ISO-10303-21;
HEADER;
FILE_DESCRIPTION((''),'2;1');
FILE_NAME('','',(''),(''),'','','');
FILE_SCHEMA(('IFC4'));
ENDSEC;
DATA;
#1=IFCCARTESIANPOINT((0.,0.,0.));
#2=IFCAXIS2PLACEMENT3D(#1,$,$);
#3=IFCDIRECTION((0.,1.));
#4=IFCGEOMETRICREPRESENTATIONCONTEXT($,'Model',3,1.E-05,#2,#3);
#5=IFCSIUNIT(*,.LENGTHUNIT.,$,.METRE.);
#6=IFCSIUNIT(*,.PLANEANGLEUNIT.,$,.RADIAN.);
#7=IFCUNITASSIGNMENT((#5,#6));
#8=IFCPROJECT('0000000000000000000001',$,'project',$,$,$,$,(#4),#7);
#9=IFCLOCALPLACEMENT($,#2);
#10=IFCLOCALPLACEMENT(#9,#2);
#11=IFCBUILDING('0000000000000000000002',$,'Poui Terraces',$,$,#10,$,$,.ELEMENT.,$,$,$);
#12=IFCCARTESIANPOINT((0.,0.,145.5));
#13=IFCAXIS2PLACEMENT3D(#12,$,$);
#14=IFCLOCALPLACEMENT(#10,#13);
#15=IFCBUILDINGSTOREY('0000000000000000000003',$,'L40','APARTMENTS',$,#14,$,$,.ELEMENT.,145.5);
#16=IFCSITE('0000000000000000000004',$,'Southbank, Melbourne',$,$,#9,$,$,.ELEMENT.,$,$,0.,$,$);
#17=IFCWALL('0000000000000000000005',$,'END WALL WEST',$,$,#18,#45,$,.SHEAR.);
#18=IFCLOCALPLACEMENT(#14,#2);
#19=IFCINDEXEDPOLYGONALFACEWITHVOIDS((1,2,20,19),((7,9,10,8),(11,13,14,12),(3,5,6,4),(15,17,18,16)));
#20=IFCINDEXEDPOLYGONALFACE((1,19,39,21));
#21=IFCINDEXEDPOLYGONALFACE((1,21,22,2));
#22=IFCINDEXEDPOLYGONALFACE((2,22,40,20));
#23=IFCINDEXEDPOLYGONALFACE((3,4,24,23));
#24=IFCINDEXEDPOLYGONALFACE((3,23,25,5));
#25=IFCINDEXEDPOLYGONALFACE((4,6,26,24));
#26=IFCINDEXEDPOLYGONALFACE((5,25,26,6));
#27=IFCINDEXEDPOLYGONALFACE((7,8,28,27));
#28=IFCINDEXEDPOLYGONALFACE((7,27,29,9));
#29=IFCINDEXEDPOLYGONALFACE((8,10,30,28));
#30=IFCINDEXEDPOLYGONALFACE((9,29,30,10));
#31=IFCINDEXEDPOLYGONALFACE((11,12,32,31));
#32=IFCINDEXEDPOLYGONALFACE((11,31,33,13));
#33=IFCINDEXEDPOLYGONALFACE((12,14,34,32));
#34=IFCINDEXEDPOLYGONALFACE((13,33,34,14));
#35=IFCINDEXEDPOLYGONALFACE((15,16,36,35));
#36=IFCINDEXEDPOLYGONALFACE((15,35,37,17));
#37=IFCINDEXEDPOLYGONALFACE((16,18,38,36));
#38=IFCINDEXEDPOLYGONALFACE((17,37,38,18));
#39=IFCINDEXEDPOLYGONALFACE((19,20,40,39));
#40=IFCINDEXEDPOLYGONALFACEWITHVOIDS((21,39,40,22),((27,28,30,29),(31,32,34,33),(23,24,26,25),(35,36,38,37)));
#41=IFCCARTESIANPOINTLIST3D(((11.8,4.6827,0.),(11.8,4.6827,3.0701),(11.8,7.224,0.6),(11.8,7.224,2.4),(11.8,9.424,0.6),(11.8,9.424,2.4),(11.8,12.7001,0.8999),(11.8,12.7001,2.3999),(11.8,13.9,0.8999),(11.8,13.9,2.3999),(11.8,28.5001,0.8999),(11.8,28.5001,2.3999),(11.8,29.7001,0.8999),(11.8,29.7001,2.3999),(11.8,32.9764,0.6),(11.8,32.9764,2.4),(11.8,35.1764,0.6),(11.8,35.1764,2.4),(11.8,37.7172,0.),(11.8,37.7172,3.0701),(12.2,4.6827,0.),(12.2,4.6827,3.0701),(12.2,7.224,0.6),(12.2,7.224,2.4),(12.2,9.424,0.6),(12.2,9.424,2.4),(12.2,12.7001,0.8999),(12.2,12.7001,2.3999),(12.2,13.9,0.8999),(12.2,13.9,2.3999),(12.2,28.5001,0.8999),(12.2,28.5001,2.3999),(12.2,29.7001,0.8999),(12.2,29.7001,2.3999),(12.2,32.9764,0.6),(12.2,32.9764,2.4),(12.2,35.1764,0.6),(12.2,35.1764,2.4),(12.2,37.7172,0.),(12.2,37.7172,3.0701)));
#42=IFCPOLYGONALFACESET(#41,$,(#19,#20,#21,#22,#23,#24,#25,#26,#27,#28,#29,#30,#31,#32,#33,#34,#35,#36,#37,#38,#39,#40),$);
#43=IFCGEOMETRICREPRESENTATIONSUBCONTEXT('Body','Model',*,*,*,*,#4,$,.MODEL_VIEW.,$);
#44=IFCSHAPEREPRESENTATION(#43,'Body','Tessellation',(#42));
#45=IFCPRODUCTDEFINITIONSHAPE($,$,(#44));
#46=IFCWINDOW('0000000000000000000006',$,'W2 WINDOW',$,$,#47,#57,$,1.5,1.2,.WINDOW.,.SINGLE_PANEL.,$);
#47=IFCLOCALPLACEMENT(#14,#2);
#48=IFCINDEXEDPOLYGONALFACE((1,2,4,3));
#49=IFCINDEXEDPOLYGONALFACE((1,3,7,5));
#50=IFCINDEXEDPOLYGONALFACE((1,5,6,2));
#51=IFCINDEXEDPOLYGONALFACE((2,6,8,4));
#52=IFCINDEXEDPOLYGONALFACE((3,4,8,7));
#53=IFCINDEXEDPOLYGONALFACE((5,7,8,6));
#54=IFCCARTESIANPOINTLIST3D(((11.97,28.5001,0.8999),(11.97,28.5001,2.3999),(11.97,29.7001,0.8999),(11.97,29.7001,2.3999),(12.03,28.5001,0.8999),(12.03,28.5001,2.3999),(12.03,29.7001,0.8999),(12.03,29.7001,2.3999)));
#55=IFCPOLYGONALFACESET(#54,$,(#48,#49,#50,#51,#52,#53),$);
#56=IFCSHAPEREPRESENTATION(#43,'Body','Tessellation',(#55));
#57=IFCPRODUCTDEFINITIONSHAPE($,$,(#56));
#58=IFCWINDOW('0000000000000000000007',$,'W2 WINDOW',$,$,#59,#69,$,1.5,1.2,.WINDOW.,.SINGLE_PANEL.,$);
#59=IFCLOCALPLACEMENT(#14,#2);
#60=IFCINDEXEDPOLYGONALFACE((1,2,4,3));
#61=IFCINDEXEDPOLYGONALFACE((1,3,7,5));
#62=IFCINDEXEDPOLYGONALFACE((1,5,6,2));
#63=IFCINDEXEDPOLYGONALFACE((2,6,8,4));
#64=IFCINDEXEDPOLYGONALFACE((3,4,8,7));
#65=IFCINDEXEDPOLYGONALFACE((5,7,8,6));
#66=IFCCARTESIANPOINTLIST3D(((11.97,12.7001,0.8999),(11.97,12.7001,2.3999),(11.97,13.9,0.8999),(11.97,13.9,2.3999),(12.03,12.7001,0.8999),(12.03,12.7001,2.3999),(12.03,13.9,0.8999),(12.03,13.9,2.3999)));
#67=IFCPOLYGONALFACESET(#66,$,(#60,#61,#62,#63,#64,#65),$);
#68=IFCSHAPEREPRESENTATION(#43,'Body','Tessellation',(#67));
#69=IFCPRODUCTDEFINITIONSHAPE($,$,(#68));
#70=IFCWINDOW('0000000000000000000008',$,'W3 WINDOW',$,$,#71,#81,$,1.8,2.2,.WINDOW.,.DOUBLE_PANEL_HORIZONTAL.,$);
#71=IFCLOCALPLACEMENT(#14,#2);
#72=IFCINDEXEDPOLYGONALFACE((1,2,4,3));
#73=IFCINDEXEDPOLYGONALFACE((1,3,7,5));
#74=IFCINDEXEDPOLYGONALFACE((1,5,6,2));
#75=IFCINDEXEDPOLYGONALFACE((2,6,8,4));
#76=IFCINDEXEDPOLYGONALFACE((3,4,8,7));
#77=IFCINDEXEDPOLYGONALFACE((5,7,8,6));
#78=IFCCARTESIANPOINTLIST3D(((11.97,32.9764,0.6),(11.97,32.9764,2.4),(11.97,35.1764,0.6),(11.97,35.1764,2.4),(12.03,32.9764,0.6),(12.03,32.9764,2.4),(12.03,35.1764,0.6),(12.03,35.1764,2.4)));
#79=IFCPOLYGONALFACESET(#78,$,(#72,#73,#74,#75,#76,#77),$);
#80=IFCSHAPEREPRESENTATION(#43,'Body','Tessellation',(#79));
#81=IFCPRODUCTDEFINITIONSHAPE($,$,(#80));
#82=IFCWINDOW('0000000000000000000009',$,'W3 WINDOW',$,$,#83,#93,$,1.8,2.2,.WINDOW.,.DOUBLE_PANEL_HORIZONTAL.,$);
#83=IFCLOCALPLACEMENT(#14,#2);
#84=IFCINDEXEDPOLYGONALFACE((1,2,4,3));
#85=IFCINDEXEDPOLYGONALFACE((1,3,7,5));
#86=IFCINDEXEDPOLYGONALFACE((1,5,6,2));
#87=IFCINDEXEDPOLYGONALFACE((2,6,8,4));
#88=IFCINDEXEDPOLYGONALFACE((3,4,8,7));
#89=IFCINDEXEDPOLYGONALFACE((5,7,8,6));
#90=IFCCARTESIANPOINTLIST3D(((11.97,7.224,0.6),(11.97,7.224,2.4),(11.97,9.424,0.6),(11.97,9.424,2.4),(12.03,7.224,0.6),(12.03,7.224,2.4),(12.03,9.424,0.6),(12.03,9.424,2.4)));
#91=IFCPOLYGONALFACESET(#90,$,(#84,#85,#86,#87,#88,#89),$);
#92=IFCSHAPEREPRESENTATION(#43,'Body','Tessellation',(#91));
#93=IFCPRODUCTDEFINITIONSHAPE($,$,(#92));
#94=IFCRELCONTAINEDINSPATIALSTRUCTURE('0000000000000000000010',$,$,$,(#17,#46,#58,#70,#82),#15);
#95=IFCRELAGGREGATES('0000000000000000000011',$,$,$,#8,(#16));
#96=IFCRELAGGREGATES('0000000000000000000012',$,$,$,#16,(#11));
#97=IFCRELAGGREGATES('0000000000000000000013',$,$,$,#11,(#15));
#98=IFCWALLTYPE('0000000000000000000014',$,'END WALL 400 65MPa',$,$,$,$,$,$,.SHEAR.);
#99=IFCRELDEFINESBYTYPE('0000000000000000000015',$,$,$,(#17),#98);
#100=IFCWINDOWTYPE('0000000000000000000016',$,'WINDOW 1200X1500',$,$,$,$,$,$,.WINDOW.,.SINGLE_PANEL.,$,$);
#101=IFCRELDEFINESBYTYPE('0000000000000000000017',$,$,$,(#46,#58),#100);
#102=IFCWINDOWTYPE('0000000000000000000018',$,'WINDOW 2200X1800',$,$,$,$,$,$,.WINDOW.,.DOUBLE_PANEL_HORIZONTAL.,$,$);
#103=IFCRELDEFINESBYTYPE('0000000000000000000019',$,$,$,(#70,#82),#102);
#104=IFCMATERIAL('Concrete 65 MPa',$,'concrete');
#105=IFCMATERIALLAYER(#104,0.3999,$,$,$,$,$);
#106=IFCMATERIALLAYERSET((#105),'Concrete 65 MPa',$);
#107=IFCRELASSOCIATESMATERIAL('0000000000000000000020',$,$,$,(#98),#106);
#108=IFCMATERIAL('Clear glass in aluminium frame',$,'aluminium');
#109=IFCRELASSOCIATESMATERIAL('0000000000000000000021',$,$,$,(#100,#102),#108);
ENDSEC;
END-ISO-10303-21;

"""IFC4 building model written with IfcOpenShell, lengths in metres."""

from ifc_helpers import new_model, si_unit, direction, frame, frame_2d, origin, place, context, subcontext, project, spatial, rectangle, extrude, material, layer, layer_set, type_object, element, fill, save


model = new_model("IFC4")

# Units and contexts
model_context = context("Model", 3, precision=1e-05, world=origin(), true_north=direction((0.0, 1.0)))
body_context = subcontext(model_context, "Body", "Model", "MODEL_VIEW")
ifc_project = project(units=[si_unit("LENGTHUNIT", "METRE"), si_unit("PLANEANGLEUNIT", "RADIAN")], contexts=[model_context])

# Site, building, storey
site_placement = place(None, origin())
site = spatial("IfcSite", under=ifc_project, at=site_placement, Name="Southbank, Melbourne", CompositionType="ELEMENT", RefElevation=0.0)
building_placement = place(site_placement, origin())
building = spatial("IfcBuilding", under=site, at=building_placement, Name="Poui Terraces", CompositionType="ELEMENT")
storey_placement = place(building_placement, frame((0.0, 0.0, 145.5)))
storey = spatial("IfcBuildingStorey", under=building, at=storey_placement, Name="L40", Description="APARTMENTS", CompositionType="ELEMENT", Elevation=145.5)

# Shared definitions
ifc_material_1 = material(Name="Concrete 65 MPa", Category="concrete")

# Wall, openings, windows
ifc_layer_1 = layer(ifc_material_1, 0.3999)
ifc_layer_set_1 = layer_set([ifc_layer_1], Name="Concrete 65 MPa")
wall_type_1 = type_object("IfcWallType", Name="END WALL 400 65MPa", PredefinedType="SHEAR", material=ifc_layer_set_1)
wall_1_placement = place(storey_placement, frame((12.0, 4.6829, 0.0), z_axis=(0.0, 0.0, 1.0), x_axis=(0.0, 1.0, 0.0)))
wall_1 = element("IfcWall", 1, at=wall_1_placement, inside=storey, type_object=wall_type_1, Name="END WALL WEST", PredefinedType="SHEAR", context=body_context, shape_type="SweptSolid", body=[
    extrude(rectangle(XDim=33.0344, YDim=0.3999, at=frame_2d((16.5171, 0.0))), origin(), (0.0, 0.0, 1.0), 3.0701),
])
opening_1_placement = place(wall_1_placement, frame((23.8171, 0.0, 0.8999)))
opening_1 = element("IfcOpeningElement", 2, at=opening_1_placement, cuts=wall_1, PredefinedType="OPENING", context=body_context, shape_type="SweptSolid", body=[
    extrude(rectangle(XDim=1.2, YDim=1.5, at=frame_2d((0.6001, 0.75))), frame((0.0, 0.21, 0.0), z_axis=(0.0, -1.0, 0.0), x_axis=(1.0, 0.0, 0.0)), (0.0, 0.0, 1.0), 0.4199),
])
opening_2_placement = place(wall_1_placement, frame((8.0171, 0.0, 0.8999)))
opening_2 = element("IfcOpeningElement", 3, at=opening_2_placement, cuts=wall_1, PredefinedType="OPENING", context=body_context, shape_type="SweptSolid", body=[
    extrude(rectangle(XDim=1.2, YDim=1.5, at=frame_2d((0.6001, 0.75))), frame((0.0, 0.21, 0.0), z_axis=(0.0, -1.0, 0.0), x_axis=(1.0, 0.0, 0.0)), (0.0, 0.0, 1.0), 0.4199),
])
opening_3_placement = place(wall_1_placement, frame((28.2935, 0.0, 0.6001)))
opening_3 = element("IfcOpeningElement", 4, at=opening_3_placement, cuts=wall_1, PredefinedType="OPENING", context=body_context, shape_type="SweptSolid", body=[
    extrude(rectangle(XDim=2.2, YDim=1.8, at=frame_2d((1.1001, 0.8999))), frame((0.0, 0.21, 0.0), z_axis=(0.0, -1.0, 0.0), x_axis=(1.0, 0.0, 0.0)), (0.0, 0.0, 1.0), 0.4199),
])
opening_4_placement = place(wall_1_placement, frame((2.541, 0.0, 0.6001)))
opening_4 = element("IfcOpeningElement", 5, at=opening_4_placement, cuts=wall_1, PredefinedType="OPENING", context=body_context, shape_type="SweptSolid", body=[
    extrude(rectangle(XDim=2.2, YDim=1.8, at=frame_2d((1.1001, 0.8999))), frame((0.0, 0.21, 0.0), z_axis=(0.0, -1.0, 0.0), x_axis=(1.0, 0.0, 0.0)), (0.0, 0.0, 1.0), 0.4199),
])
ifc_material_2 = material(Name="Clear glass in aluminium frame", Category="aluminium")
window_type_1 = type_object("IfcWindowType", Name="WINDOW 1200X1500", PartitioningType="SINGLE_PANEL", PredefinedType="WINDOW", material=ifc_material_2)
window_1_placement = place(opening_1_placement, origin())
window_1 = element("IfcWindow", 6, at=window_1_placement, inside=storey, type_object=window_type_1, Name="W2 WINDOW", OverallHeight=1.5, OverallWidth=1.2, PartitioningType="SINGLE_PANEL", PredefinedType="WINDOW", context=body_context, shape_type="SweptSolid", body=[
    extrude(rectangle(XDim=1.2, YDim=1.5, at=frame_2d((0.6001, 0.75))), frame((0.0, 0.03, 0.0), z_axis=(0.0, -1.0, 0.0), x_axis=(1.0, 0.0, 0.0)), (0.0, 0.0, 1.0), 0.0601),
])
fill(opening_1, window_1)
window_2_placement = place(opening_2_placement, origin())
window_2 = element("IfcWindow", 7, at=window_2_placement, inside=storey, type_object=window_type_1, Name="W2 WINDOW", OverallHeight=1.5, OverallWidth=1.2, PartitioningType="SINGLE_PANEL", PredefinedType="WINDOW", context=body_context, shape_type="SweptSolid", body=[
    extrude(rectangle(XDim=1.2, YDim=1.5, at=frame_2d((0.6001, 0.75))), frame((0.0, 0.03, 0.0), z_axis=(0.0, -1.0, 0.0), x_axis=(1.0, 0.0, 0.0)), (0.0, 0.0, 1.0), 0.0601),
])
fill(opening_2, window_2)
window_type_2 = type_object("IfcWindowType", Name="WINDOW 2200X1800", PartitioningType="DOUBLE_PANEL_HORIZONTAL", PredefinedType="WINDOW", material=ifc_material_2)
window_3_placement = place(opening_3_placement, origin())
window_3 = element("IfcWindow", 8, at=window_3_placement, inside=storey, type_object=window_type_2, Name="W3 WINDOW", OverallHeight=1.8, OverallWidth=2.2, PartitioningType="DOUBLE_PANEL_HORIZONTAL", PredefinedType="WINDOW", context=body_context, shape_type="SweptSolid", body=[
    extrude(rectangle(XDim=2.2, YDim=1.8, at=frame_2d((1.1001, 0.8999))), frame((0.0, 0.03, 0.0), z_axis=(0.0, -1.0, 0.0), x_axis=(1.0, 0.0, 0.0)), (0.0, 0.0, 1.0), 0.0601),
])
fill(opening_3, window_3)
window_4_placement = place(opening_4_placement, origin())
window_4 = element("IfcWindow", 9, at=window_4_placement, inside=storey, type_object=window_type_2, Name="W3 WINDOW", OverallHeight=1.8, OverallWidth=2.2, PartitioningType="DOUBLE_PANEL_HORIZONTAL", PredefinedType="WINDOW", context=body_context, shape_type="SweptSolid", body=[
    extrude(rectangle(XDim=2.2, YDim=1.8, at=frame_2d((1.1001, 0.8999))), frame((0.0, 0.03, 0.0), z_axis=(0.0, -1.0, 0.0), x_axis=(1.0, 0.0, 0.0)), (0.0, 0.0, 1.0), 0.0601),
])
fill(opening_4, window_4)

save(model, "model.ifc")
